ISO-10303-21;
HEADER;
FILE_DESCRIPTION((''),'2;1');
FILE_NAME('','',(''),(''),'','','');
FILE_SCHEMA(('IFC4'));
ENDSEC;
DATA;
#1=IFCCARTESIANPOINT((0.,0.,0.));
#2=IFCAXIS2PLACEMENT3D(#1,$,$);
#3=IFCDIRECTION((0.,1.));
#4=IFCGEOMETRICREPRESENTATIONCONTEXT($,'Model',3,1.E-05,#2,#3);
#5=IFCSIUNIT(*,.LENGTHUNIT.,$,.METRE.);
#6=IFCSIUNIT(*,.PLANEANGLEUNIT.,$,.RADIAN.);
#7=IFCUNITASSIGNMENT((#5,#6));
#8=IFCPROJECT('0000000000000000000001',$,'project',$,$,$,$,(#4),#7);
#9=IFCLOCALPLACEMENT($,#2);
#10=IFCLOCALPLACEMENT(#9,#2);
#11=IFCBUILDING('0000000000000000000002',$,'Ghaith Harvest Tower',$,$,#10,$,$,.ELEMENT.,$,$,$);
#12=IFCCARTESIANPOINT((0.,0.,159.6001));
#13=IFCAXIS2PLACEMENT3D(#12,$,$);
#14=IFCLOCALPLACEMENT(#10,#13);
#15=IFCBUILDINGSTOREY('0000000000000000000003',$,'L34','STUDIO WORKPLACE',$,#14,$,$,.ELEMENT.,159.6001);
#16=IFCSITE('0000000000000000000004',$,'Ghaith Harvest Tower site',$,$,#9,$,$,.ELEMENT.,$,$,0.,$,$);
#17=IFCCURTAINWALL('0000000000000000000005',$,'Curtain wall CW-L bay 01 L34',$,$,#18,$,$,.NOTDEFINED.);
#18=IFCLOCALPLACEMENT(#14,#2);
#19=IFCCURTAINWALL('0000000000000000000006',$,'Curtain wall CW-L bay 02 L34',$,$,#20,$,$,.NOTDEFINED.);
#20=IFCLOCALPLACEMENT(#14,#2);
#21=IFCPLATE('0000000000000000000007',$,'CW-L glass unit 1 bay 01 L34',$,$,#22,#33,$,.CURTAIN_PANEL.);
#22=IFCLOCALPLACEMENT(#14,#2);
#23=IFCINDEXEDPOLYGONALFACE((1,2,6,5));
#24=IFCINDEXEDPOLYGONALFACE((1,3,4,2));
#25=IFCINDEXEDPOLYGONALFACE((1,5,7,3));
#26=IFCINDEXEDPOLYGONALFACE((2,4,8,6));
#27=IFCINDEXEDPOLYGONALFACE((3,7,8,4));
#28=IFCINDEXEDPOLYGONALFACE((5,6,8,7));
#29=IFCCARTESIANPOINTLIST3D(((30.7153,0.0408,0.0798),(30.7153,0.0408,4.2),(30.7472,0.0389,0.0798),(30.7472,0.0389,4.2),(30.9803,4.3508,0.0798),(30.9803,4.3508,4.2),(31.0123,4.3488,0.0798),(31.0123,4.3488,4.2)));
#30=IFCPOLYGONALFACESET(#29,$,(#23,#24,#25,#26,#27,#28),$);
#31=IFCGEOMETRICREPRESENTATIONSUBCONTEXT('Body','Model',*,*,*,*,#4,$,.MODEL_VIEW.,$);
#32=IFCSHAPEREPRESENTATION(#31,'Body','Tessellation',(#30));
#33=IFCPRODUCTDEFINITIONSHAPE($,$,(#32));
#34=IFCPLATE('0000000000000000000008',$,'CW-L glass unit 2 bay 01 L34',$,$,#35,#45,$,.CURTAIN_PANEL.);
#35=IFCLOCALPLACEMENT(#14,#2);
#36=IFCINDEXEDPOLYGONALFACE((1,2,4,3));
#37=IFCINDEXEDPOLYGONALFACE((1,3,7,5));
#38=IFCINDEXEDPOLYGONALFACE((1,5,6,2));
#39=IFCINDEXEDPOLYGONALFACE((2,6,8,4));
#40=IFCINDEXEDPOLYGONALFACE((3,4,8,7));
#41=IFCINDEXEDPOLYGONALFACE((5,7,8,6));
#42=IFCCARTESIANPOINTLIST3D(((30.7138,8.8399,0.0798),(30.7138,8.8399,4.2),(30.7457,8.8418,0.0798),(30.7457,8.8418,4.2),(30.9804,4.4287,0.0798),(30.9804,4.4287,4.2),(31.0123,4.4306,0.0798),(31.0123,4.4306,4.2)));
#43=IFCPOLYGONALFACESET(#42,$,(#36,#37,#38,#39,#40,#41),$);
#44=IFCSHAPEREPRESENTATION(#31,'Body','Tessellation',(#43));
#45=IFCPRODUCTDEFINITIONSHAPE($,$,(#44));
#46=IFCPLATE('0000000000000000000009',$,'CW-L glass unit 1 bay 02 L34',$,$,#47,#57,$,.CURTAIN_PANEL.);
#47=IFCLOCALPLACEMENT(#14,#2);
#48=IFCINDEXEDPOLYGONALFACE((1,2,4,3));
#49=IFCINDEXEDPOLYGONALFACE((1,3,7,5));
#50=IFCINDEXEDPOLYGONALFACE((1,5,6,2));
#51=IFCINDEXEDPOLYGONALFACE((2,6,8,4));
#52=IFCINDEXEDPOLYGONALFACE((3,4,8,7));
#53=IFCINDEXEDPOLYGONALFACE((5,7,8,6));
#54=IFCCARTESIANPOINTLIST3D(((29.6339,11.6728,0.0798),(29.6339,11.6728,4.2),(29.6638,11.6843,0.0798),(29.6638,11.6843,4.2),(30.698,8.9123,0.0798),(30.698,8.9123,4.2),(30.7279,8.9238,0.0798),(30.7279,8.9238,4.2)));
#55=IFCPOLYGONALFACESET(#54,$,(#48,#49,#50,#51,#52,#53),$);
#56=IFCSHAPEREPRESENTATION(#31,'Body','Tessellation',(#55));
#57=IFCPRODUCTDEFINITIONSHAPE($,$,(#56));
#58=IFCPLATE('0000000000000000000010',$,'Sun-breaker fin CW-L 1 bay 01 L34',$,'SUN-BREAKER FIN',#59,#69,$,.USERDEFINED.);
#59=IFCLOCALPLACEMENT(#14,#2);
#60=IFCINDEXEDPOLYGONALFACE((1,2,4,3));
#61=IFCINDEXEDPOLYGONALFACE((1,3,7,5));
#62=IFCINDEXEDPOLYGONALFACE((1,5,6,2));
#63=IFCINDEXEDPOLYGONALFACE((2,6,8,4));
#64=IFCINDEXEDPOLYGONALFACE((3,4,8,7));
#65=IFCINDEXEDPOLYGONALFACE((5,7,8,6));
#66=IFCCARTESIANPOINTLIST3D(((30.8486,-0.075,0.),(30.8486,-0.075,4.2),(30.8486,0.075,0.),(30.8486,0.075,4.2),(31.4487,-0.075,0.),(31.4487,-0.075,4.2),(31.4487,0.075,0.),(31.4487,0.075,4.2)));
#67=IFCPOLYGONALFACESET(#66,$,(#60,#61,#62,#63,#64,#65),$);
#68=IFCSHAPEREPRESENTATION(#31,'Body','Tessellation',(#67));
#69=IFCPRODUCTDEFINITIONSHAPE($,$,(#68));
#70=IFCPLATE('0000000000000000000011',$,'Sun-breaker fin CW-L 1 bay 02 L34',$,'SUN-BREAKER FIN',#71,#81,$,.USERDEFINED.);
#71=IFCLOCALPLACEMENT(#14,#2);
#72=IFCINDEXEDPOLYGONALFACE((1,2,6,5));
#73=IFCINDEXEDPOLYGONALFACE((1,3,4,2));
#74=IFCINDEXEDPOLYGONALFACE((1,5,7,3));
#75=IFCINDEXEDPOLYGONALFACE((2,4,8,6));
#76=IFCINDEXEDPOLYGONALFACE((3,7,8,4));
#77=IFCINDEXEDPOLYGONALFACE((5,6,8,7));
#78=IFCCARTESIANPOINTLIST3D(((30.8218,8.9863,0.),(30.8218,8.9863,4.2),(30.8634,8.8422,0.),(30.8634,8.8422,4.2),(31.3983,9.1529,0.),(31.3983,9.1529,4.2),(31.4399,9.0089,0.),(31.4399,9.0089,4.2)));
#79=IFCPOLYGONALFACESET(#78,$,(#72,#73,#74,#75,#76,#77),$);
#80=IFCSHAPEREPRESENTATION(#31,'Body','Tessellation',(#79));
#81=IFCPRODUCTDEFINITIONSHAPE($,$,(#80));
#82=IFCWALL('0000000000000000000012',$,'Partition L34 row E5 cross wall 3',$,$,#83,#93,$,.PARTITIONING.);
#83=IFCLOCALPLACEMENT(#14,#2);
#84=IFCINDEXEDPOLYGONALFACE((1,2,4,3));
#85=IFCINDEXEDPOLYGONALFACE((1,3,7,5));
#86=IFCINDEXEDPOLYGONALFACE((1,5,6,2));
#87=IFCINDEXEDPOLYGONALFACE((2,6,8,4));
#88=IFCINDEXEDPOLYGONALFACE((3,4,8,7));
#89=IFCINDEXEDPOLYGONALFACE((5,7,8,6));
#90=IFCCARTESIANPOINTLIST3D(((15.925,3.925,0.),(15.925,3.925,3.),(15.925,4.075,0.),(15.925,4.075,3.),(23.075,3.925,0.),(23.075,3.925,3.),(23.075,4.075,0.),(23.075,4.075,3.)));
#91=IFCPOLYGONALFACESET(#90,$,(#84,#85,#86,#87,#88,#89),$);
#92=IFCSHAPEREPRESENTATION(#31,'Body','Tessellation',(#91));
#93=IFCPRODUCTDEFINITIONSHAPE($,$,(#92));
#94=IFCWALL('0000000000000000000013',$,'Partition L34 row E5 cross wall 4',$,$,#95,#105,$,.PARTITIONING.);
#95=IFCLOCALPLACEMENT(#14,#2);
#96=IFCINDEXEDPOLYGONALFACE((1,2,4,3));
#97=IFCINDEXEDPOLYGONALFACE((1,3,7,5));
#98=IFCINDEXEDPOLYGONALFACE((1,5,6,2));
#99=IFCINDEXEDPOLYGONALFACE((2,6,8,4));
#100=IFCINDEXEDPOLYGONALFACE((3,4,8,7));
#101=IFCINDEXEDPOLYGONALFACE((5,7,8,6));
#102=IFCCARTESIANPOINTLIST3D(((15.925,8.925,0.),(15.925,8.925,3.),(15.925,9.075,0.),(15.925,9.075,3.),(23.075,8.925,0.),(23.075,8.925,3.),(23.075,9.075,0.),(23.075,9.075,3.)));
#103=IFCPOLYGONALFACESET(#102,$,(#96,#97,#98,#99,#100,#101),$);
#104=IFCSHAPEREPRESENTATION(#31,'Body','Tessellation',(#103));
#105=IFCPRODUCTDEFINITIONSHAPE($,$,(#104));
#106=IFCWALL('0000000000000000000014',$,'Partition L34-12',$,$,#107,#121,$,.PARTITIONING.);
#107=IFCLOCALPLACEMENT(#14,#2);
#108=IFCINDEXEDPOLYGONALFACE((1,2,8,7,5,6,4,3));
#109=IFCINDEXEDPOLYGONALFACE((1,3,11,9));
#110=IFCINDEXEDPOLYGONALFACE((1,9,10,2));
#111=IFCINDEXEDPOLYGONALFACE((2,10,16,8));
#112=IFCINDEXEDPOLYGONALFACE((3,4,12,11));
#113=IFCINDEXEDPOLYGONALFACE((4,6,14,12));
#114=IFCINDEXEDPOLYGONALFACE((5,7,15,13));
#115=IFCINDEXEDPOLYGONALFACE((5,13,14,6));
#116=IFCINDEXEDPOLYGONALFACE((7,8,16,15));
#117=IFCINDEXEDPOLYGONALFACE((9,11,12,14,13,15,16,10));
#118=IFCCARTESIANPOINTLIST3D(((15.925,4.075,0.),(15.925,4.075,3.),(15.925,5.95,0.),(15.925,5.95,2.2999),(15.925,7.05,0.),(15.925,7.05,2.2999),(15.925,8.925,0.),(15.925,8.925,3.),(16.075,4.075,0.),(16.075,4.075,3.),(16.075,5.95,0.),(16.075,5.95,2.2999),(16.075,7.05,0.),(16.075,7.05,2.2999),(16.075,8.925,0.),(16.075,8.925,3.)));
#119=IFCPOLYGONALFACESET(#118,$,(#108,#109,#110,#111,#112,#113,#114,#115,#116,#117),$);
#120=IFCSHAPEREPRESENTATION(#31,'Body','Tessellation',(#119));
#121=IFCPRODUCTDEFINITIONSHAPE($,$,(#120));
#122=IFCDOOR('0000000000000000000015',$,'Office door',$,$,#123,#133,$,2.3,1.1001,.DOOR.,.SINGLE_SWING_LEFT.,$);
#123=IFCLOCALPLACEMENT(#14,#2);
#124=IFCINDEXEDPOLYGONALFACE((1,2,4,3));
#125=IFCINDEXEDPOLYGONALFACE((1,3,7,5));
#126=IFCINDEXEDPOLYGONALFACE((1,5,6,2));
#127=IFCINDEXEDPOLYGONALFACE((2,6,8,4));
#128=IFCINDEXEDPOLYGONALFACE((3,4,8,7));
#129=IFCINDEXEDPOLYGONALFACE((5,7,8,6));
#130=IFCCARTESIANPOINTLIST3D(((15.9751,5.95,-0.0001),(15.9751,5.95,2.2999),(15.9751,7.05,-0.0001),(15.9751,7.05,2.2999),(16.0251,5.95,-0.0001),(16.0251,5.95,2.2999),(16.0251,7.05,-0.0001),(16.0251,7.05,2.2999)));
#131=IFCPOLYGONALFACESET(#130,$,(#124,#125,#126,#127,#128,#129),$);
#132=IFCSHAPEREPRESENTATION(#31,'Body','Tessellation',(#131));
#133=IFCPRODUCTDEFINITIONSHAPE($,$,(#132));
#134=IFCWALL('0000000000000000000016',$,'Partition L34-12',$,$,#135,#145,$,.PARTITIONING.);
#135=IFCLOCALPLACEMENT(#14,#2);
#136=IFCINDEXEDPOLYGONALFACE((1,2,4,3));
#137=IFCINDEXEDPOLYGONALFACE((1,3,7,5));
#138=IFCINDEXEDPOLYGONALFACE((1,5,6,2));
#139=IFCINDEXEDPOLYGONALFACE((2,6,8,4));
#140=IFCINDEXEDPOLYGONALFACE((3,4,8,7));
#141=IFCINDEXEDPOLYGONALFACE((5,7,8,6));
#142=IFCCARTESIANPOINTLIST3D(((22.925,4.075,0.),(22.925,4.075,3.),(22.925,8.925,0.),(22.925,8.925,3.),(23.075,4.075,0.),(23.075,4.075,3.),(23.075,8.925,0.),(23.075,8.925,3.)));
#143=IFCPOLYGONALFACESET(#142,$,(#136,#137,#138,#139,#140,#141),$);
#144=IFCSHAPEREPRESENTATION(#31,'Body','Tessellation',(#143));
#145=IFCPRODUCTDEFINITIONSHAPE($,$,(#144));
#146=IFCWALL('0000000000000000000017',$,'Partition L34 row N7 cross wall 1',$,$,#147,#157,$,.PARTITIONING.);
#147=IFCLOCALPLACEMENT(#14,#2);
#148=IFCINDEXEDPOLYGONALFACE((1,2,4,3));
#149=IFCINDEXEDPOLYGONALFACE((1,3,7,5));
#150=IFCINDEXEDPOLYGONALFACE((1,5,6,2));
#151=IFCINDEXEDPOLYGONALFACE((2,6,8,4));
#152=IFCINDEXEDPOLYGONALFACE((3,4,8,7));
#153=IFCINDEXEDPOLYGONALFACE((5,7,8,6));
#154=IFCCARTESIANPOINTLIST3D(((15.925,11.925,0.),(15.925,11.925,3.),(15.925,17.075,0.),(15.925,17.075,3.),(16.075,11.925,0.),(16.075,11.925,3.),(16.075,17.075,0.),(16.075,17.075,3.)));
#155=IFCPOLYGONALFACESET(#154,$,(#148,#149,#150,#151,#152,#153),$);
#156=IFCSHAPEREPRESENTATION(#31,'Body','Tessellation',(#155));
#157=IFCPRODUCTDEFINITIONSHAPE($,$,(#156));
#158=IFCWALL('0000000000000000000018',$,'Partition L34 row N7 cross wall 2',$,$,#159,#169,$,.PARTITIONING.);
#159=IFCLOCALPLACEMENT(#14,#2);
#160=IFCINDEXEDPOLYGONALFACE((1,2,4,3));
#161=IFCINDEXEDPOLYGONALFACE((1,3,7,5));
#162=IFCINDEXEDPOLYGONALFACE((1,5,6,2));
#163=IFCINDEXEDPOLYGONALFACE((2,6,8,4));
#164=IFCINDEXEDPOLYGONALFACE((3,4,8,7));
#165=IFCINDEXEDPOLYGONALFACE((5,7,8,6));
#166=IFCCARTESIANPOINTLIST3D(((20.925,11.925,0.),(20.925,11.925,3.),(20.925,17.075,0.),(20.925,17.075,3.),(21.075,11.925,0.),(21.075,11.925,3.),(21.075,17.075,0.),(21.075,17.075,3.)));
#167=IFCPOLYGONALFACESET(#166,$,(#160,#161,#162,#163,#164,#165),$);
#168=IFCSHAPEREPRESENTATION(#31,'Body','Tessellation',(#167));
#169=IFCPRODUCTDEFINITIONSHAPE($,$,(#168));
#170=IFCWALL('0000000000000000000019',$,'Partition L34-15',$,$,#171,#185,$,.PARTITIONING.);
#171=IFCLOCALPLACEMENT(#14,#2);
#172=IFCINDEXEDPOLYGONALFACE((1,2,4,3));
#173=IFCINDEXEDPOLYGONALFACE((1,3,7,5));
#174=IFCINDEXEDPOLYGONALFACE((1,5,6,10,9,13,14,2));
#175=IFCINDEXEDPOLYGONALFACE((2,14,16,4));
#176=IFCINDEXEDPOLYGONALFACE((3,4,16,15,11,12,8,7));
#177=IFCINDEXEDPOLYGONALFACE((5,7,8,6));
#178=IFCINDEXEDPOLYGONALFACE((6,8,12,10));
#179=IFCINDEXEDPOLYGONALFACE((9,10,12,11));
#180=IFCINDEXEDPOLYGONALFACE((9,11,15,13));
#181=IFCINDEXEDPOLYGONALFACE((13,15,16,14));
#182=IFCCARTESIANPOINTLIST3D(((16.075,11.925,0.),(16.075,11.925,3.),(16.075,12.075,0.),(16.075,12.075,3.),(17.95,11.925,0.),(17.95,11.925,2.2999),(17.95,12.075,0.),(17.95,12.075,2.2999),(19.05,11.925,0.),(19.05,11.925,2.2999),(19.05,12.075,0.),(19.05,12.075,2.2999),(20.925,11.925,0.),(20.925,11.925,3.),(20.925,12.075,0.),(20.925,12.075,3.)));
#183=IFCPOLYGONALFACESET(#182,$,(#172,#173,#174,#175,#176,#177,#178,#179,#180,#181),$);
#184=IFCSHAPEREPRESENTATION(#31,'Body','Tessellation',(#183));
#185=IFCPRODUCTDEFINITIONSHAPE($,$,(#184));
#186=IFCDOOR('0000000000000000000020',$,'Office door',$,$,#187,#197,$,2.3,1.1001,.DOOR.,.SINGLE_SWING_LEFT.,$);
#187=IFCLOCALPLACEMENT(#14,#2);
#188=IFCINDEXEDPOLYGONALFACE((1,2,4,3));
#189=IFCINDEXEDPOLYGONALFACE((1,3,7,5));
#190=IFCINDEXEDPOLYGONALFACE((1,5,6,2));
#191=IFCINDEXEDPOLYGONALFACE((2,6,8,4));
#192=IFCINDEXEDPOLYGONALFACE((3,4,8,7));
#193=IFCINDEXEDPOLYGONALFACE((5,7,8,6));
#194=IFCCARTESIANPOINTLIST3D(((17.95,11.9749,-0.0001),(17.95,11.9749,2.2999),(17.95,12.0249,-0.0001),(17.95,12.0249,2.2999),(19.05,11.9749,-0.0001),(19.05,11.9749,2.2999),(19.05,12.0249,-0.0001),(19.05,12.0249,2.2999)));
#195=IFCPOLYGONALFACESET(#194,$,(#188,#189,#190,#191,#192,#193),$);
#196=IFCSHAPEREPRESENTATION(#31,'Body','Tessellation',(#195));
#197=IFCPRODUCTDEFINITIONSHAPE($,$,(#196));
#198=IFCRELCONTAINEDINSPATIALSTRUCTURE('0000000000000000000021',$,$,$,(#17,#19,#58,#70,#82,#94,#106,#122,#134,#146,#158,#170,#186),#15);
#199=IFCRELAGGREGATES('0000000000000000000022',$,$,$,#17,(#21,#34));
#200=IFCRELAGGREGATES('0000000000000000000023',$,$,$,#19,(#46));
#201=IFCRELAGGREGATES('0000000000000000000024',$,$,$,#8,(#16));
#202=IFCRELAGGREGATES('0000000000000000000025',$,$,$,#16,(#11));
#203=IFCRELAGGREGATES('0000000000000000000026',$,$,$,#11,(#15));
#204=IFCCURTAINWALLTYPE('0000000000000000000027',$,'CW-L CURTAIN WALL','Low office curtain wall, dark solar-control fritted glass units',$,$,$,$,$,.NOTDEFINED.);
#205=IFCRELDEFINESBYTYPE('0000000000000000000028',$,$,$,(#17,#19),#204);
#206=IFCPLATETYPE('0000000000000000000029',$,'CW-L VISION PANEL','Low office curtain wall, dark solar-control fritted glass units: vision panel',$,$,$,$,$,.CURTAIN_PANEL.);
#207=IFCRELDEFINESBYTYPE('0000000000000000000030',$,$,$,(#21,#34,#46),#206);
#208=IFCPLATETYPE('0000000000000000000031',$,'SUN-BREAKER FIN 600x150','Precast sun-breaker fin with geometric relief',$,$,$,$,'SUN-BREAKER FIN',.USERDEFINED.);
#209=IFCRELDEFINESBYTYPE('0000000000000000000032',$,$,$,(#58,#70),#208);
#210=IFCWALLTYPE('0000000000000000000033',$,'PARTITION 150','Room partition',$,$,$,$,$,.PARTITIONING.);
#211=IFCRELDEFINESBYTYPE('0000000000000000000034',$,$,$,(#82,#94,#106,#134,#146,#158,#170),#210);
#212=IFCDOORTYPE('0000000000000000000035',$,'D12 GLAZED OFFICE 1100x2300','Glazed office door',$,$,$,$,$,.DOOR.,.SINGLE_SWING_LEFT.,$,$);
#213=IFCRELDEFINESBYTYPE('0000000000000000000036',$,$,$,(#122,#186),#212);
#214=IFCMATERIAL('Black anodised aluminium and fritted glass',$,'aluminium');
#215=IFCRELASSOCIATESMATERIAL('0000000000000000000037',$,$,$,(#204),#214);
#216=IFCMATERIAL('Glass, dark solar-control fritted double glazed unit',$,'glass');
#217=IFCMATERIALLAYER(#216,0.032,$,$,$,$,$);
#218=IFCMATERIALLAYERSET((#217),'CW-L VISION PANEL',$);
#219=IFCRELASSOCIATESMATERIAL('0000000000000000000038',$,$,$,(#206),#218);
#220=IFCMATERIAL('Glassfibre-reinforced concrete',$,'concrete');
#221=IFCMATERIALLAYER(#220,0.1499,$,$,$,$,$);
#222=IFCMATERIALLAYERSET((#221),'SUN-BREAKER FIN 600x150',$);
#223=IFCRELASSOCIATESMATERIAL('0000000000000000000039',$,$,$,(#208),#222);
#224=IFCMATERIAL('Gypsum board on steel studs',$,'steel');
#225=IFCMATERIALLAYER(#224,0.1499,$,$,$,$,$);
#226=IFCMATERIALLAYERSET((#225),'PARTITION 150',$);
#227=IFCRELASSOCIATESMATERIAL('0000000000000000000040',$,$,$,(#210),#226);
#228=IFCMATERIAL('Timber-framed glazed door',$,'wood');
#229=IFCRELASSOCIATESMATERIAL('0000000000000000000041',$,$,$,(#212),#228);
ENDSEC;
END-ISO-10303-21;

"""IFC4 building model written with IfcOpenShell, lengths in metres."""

from ifc_helpers import new_model, si_unit, direction, frame, frame_2d, origin, origin_2d, place, context, subcontext, project, spatial, rectangle, extrude, material, layer, layer_set, type_object, element, fill, aggregate, save


model = new_model("IFC4")

# Units and contexts
model_context = context("Model", 3, precision=1e-05, world=origin(), true_north=direction((0.0, 1.0)))
body_context = subcontext(model_context, "Body", "Model", "MODEL_VIEW")
ifc_project = project(units=[si_unit("LENGTHUNIT", "METRE"), si_unit("PLANEANGLEUNIT", "RADIAN")], contexts=[model_context])

# Site, building, storey
site_placement = place(None, origin())
site = spatial("IfcSite", under=ifc_project, at=site_placement, Name="Ghaith Harvest Tower site", CompositionType="ELEMENT", RefElevation=0.0)
building_placement = place(site_placement, origin())
building = spatial("IfcBuilding", under=site, at=building_placement, Name="Ghaith Harvest Tower", CompositionType="ELEMENT")
storey_placement = place(building_placement, frame((0.0, 0.0, 159.6001)))
storey = spatial("IfcBuildingStorey", under=building, at=storey_placement, Name="L34", Description="STUDIO WORKPLACE", CompositionType="ELEMENT", Elevation=159.6001)

# Curtain walls
ifc_material_1 = material(Name="Black anodised aluminium and fritted glass", Category="aluminium")
curtain_wall_type = type_object("IfcCurtainWallType", Name="CW-L CURTAIN WALL", Description="Low office curtain wall, dark solar-control fritted glass units", PredefinedType="NOTDEFINED", material=ifc_material_1)
curtain_wall_1_placement = place(storey_placement, origin())
curtain_wall_1 = element("IfcCurtainWall", 1, at=curtain_wall_1_placement, inside=storey, type_object=curtain_wall_type, Name="Curtain wall CW-L bay 01 L34", PredefinedType="NOTDEFINED")
curtain_wall_2_placement = place(storey_placement, origin())
curtain_wall_2 = element("IfcCurtainWall", 2, at=curtain_wall_2_placement, inside=storey, type_object=curtain_wall_type, Name="Curtain wall CW-L bay 02 L34", PredefinedType="NOTDEFINED")

# Plates
ifc_material_2 = material(Name="Glass, dark solar-control fritted double glazed unit", Category="glass")
ifc_layer_1 = layer(ifc_material_2, 0.032)
ifc_layer_set_1 = layer_set([ifc_layer_1], Name="CW-L VISION PANEL")
plate_type_1 = type_object("IfcPlateType", Name="CW-L VISION PANEL", Description="Low office curtain wall, dark solar-control fritted glass units: vision panel", PredefinedType="CURTAIN_PANEL", material=ifc_layer_set_1)
plate_1_placement = place(storey_placement, frame((30.8638, 2.1948, 0.0798), z_axis=(0.0, 0.0, 1.0), x_axis=(0.06138, 0.998114, 0.0)))
plate_1 = element("IfcPlate", 3, at=plate_1_placement, type_object=plate_type_1, Name="CW-L glass unit 1 bay 01 L34", PredefinedType="CURTAIN_PANEL", context=body_context, shape_type="SweptSolid", body=[
    extrude(rectangle(XDim=4.3181, YDim=0.032, at=origin_2d()), origin(), (0.0, 0.0, 1.0), 4.1201),
])
plate_2_placement = place(storey_placement, frame((30.863, 6.6353, 0.0798), z_axis=(0.0, 0.0, 1.0), x_axis=(-0.060321, 0.998179, 0.0)))
plate_2 = element("IfcPlate", 4, at=plate_2_placement, type_object=plate_type_1, Name="CW-L glass unit 2 bay 01 L34", PredefinedType="CURTAIN_PANEL", context=body_context, shape_type="SweptSolid", body=[
    extrude(rectangle(XDim=4.4192, YDim=0.032, at=origin_2d()), origin(), (0.0, 0.0, 1.0), 4.1201),
])
aggregate(curtain_wall_1, [plate_1, plate_2])
plate_3_placement = place(storey_placement, frame((30.1809, 10.2983, 0.0798), z_axis=(0.0, 0.0, 1.0), x_axis=(-0.359677, 0.933077, 0.0)))
plate_3 = element("IfcPlate", 5, at=plate_3_placement, type_object=plate_type_1, Name="CW-L glass unit 1 bay 02 L34", PredefinedType="CURTAIN_PANEL", context=body_context, shape_type="SweptSolid", body=[
    extrude(rectangle(XDim=2.9585, YDim=0.032, at=origin_2d()), origin(), (0.0, 0.0, 1.0), 4.1201),
])
aggregate(curtain_wall_2, [plate_3])

# Plates
ifc_material_3 = material(Name="Glassfibre-reinforced concrete", Category="concrete")
ifc_layer_2 = layer(ifc_material_3, 0.1499)
ifc_layer_set_2 = layer_set([ifc_layer_2], Name="SUN-BREAKER FIN 600x150")
plate_type_2 = type_object("IfcPlateType", Name="SUN-BREAKER FIN 600x150", Description="Precast sun-breaker fin with geometric relief", ElementType="SUN-BREAKER FIN", PredefinedType="USERDEFINED", material=ifc_layer_set_2)
for number, where, z_axis, x_axis, name in (
    (6, (31.1487, 0.0, 0.0), (0.0, 0.0, 1.0), (1.0, 0.0, 0.0), "Sun-breaker fin CW-L 1 bay 01 L34"),
    (7, (31.1309, 8.9976, 0.0), (0.0, 0.0, 1.0), (0.96068, 0.277657, 0.0), "Sun-breaker fin CW-L 1 bay 02 L34"),
):
    element("IfcPlate", number, at=place(storey_placement, frame(where, z_axis=z_axis, x_axis=x_axis)), inside=storey, type_object=plate_type_2, Name=name, ObjectType="SUN-BREAKER FIN", PredefinedType="USERDEFINED", context=body_context, shape_type="SweptSolid", body=[
        extrude(rectangle(XDim=0.6001, YDim=0.1499, at=origin_2d()), origin(), (0.0, 0.0, 1.0), 4.2),
    ])

# Walls
ifc_material_4 = material(Name="Gypsum board on steel studs", Category="steel")
ifc_layer_3 = layer(ifc_material_4, 0.1499)
ifc_layer_set_3 = layer_set([ifc_layer_3], Name="PARTITION 150")
wall_type_1 = type_object("IfcWallType", Name="PARTITION 150", Description="Room partition", PredefinedType="PARTITIONING", material=ifc_layer_set_3)
for number, where, z_axis, x_axis, name in (
    (8, (15.925, 4.0, 0.0), (0.0, 0.0, 1.0), (1.0, 0.0, 0.0), "Partition L34 row E5 cross wall 3"),
    (9, (15.925, 9.0, 0.0), (0.0, 0.0, 1.0), (1.0, 0.0, 0.0), "Partition L34 row E5 cross wall 4"),
):
    element("IfcWall", number, at=place(storey_placement, frame(where, z_axis=z_axis, x_axis=x_axis)), inside=storey, type_object=wall_type_1, Name=name, PredefinedType="PARTITIONING", context=body_context, shape_type="SweptSolid", body=[
        extrude(rectangle(XDim=7.1499, YDim=0.1499, at=frame_2d((3.575, 0.0))), origin(), (0.0, 0.0, 1.0), 3.0),
    ])

# Wall, opening, door
wall_1_placement = place(storey_placement, frame((16.0, 4.075, 0.0), z_axis=(0.0, 0.0, 1.0), x_axis=(0.0, 1.0, 0.0)))
wall_1 = element("IfcWall", 10, at=wall_1_placement, inside=storey, type_object=wall_type_1, Name="Partition L34-12", PredefinedType="PARTITIONING", context=body_context, shape_type="SweptSolid", body=[
    extrude(rectangle(XDim=4.8501, YDim=0.1499, at=frame_2d((2.425, 0.0))), origin(), (0.0, 0.0, 1.0), 3.0),
])
opening_1_placement = place(wall_1_placement, frame((1.875, 0.0, 0.0)))
opening_1 = element("IfcOpeningElement", 11, at=opening_1_placement, cuts=wall_1, PredefinedType="OPENING", context=body_context, shape_type="SweptSolid", body=[
    extrude(rectangle(XDim=1.1001, YDim=2.3, at=frame_2d((0.55, 1.1499))), frame((0.0, 0.085, 0.0), z_axis=(0.0, -1.0, 0.0), x_axis=(1.0, 0.0, 0.0)), (0.0, 0.0, 1.0), 0.1699),
])
ifc_material_5 = material(Name="Timber-framed glazed door", Category="wood")
door_type_1 = type_object("IfcDoorType", Name="D12 GLAZED OFFICE 1100x2300", Description="Glazed office door", OperationType="SINGLE_SWING_LEFT", PredefinedType="DOOR", material=ifc_material_5)
door_1_placement = place(opening_1_placement, origin())
door_1 = element("IfcDoor", 12, at=door_1_placement, inside=storey, type_object=door_type_1, Name="Office door", OperationType="SINGLE_SWING_LEFT", OverallHeight=2.3, OverallWidth=1.1001, PredefinedType="DOOR", context=body_context, shape_type="SweptSolid", body=[
    extrude(rectangle(XDim=1.1001, YDim=2.3, at=frame_2d((0.55, 1.1499))), frame((0.0, 0.0249, 0.0), z_axis=(0.0, -1.0, 0.0), x_axis=(1.0, 0.0, 0.0)), (0.0, 0.0, 1.0), 0.05),
])
fill(opening_1, door_1)

# Walls
wall_2_placement = place(storey_placement, frame((23.0, 4.075, 0.0), z_axis=(0.0, 0.0, 1.0), x_axis=(0.0, 1.0, 0.0)))
element("IfcWall", 13, at=wall_2_placement, inside=storey, type_object=wall_type_1, Name="Partition L34-12", PredefinedType="PARTITIONING", context=body_context, shape_type="SweptSolid", body=[
    extrude(rectangle(XDim=4.8501, YDim=0.1499, at=frame_2d((2.425, 0.0))), origin(), (0.0, 0.0, 1.0), 3.0),
])
for number, where, z_axis, x_axis, name in (
    (14, (16.0, 11.925, 0.0), (0.0, 0.0, 1.0), (0.0, 1.0, 0.0), "Partition L34 row N7 cross wall 1"),
    (15, (21.0, 11.925, 0.0), (0.0, 0.0, 1.0), (0.0, 1.0, 0.0), "Partition L34 row N7 cross wall 2"),
):
    element("IfcWall", number, at=place(storey_placement, frame(where, z_axis=z_axis, x_axis=x_axis)), inside=storey, type_object=wall_type_1, Name=name, PredefinedType="PARTITIONING", context=body_context, shape_type="SweptSolid", body=[
        extrude(rectangle(XDim=5.1499, YDim=0.1499, at=frame_2d((2.575, 0.0))), origin(), (0.0, 0.0, 1.0), 3.0),
    ])

# Wall, opening, door
wall_3_placement = place(storey_placement, frame((16.075, 12.0, 0.0), z_axis=(0.0, 0.0, 1.0), x_axis=(1.0, 0.0, 0.0)))
wall_3 = element("IfcWall", 16, at=wall_3_placement, inside=storey, type_object=wall_type_1, Name="Partition L34-15", PredefinedType="PARTITIONING", context=body_context, shape_type="SweptSolid", body=[
    extrude(rectangle(XDim=4.8501, YDim=0.1499, at=frame_2d((2.425, 0.0))), origin(), (0.0, 0.0, 1.0), 3.0),
])
opening_2_placement = place(wall_3_placement, frame((1.875, 0.0, 0.0)))
opening_2 = element("IfcOpeningElement", 17, at=opening_2_placement, cuts=wall_3, PredefinedType="OPENING", context=body_context, shape_type="SweptSolid", body=[
    extrude(rectangle(XDim=1.1001, YDim=2.3, at=frame_2d((0.55, 1.1499))), frame((0.0, 0.085, 0.0), z_axis=(0.0, -1.0, 0.0), x_axis=(1.0, 0.0, 0.0)), (0.0, 0.0, 1.0), 0.1699),
])
door_2_placement = place(opening_2_placement, origin())
door_2 = element("IfcDoor", 18, at=door_2_placement, inside=storey, type_object=door_type_1, Name="Office door", OperationType="SINGLE_SWING_LEFT", OverallHeight=2.3, OverallWidth=1.1001, PredefinedType="DOOR", context=body_context, shape_type="SweptSolid", body=[
    extrude(rectangle(XDim=1.1001, YDim=2.3, at=frame_2d((0.55, 1.1499))), frame((0.0, 0.0249, 0.0), z_axis=(0.0, -1.0, 0.0), x_axis=(1.0, 0.0, 0.0)), (0.0, 0.0, 1.0), 0.05),
])
fill(opening_2, door_2)

save(model, "model.ifc")
